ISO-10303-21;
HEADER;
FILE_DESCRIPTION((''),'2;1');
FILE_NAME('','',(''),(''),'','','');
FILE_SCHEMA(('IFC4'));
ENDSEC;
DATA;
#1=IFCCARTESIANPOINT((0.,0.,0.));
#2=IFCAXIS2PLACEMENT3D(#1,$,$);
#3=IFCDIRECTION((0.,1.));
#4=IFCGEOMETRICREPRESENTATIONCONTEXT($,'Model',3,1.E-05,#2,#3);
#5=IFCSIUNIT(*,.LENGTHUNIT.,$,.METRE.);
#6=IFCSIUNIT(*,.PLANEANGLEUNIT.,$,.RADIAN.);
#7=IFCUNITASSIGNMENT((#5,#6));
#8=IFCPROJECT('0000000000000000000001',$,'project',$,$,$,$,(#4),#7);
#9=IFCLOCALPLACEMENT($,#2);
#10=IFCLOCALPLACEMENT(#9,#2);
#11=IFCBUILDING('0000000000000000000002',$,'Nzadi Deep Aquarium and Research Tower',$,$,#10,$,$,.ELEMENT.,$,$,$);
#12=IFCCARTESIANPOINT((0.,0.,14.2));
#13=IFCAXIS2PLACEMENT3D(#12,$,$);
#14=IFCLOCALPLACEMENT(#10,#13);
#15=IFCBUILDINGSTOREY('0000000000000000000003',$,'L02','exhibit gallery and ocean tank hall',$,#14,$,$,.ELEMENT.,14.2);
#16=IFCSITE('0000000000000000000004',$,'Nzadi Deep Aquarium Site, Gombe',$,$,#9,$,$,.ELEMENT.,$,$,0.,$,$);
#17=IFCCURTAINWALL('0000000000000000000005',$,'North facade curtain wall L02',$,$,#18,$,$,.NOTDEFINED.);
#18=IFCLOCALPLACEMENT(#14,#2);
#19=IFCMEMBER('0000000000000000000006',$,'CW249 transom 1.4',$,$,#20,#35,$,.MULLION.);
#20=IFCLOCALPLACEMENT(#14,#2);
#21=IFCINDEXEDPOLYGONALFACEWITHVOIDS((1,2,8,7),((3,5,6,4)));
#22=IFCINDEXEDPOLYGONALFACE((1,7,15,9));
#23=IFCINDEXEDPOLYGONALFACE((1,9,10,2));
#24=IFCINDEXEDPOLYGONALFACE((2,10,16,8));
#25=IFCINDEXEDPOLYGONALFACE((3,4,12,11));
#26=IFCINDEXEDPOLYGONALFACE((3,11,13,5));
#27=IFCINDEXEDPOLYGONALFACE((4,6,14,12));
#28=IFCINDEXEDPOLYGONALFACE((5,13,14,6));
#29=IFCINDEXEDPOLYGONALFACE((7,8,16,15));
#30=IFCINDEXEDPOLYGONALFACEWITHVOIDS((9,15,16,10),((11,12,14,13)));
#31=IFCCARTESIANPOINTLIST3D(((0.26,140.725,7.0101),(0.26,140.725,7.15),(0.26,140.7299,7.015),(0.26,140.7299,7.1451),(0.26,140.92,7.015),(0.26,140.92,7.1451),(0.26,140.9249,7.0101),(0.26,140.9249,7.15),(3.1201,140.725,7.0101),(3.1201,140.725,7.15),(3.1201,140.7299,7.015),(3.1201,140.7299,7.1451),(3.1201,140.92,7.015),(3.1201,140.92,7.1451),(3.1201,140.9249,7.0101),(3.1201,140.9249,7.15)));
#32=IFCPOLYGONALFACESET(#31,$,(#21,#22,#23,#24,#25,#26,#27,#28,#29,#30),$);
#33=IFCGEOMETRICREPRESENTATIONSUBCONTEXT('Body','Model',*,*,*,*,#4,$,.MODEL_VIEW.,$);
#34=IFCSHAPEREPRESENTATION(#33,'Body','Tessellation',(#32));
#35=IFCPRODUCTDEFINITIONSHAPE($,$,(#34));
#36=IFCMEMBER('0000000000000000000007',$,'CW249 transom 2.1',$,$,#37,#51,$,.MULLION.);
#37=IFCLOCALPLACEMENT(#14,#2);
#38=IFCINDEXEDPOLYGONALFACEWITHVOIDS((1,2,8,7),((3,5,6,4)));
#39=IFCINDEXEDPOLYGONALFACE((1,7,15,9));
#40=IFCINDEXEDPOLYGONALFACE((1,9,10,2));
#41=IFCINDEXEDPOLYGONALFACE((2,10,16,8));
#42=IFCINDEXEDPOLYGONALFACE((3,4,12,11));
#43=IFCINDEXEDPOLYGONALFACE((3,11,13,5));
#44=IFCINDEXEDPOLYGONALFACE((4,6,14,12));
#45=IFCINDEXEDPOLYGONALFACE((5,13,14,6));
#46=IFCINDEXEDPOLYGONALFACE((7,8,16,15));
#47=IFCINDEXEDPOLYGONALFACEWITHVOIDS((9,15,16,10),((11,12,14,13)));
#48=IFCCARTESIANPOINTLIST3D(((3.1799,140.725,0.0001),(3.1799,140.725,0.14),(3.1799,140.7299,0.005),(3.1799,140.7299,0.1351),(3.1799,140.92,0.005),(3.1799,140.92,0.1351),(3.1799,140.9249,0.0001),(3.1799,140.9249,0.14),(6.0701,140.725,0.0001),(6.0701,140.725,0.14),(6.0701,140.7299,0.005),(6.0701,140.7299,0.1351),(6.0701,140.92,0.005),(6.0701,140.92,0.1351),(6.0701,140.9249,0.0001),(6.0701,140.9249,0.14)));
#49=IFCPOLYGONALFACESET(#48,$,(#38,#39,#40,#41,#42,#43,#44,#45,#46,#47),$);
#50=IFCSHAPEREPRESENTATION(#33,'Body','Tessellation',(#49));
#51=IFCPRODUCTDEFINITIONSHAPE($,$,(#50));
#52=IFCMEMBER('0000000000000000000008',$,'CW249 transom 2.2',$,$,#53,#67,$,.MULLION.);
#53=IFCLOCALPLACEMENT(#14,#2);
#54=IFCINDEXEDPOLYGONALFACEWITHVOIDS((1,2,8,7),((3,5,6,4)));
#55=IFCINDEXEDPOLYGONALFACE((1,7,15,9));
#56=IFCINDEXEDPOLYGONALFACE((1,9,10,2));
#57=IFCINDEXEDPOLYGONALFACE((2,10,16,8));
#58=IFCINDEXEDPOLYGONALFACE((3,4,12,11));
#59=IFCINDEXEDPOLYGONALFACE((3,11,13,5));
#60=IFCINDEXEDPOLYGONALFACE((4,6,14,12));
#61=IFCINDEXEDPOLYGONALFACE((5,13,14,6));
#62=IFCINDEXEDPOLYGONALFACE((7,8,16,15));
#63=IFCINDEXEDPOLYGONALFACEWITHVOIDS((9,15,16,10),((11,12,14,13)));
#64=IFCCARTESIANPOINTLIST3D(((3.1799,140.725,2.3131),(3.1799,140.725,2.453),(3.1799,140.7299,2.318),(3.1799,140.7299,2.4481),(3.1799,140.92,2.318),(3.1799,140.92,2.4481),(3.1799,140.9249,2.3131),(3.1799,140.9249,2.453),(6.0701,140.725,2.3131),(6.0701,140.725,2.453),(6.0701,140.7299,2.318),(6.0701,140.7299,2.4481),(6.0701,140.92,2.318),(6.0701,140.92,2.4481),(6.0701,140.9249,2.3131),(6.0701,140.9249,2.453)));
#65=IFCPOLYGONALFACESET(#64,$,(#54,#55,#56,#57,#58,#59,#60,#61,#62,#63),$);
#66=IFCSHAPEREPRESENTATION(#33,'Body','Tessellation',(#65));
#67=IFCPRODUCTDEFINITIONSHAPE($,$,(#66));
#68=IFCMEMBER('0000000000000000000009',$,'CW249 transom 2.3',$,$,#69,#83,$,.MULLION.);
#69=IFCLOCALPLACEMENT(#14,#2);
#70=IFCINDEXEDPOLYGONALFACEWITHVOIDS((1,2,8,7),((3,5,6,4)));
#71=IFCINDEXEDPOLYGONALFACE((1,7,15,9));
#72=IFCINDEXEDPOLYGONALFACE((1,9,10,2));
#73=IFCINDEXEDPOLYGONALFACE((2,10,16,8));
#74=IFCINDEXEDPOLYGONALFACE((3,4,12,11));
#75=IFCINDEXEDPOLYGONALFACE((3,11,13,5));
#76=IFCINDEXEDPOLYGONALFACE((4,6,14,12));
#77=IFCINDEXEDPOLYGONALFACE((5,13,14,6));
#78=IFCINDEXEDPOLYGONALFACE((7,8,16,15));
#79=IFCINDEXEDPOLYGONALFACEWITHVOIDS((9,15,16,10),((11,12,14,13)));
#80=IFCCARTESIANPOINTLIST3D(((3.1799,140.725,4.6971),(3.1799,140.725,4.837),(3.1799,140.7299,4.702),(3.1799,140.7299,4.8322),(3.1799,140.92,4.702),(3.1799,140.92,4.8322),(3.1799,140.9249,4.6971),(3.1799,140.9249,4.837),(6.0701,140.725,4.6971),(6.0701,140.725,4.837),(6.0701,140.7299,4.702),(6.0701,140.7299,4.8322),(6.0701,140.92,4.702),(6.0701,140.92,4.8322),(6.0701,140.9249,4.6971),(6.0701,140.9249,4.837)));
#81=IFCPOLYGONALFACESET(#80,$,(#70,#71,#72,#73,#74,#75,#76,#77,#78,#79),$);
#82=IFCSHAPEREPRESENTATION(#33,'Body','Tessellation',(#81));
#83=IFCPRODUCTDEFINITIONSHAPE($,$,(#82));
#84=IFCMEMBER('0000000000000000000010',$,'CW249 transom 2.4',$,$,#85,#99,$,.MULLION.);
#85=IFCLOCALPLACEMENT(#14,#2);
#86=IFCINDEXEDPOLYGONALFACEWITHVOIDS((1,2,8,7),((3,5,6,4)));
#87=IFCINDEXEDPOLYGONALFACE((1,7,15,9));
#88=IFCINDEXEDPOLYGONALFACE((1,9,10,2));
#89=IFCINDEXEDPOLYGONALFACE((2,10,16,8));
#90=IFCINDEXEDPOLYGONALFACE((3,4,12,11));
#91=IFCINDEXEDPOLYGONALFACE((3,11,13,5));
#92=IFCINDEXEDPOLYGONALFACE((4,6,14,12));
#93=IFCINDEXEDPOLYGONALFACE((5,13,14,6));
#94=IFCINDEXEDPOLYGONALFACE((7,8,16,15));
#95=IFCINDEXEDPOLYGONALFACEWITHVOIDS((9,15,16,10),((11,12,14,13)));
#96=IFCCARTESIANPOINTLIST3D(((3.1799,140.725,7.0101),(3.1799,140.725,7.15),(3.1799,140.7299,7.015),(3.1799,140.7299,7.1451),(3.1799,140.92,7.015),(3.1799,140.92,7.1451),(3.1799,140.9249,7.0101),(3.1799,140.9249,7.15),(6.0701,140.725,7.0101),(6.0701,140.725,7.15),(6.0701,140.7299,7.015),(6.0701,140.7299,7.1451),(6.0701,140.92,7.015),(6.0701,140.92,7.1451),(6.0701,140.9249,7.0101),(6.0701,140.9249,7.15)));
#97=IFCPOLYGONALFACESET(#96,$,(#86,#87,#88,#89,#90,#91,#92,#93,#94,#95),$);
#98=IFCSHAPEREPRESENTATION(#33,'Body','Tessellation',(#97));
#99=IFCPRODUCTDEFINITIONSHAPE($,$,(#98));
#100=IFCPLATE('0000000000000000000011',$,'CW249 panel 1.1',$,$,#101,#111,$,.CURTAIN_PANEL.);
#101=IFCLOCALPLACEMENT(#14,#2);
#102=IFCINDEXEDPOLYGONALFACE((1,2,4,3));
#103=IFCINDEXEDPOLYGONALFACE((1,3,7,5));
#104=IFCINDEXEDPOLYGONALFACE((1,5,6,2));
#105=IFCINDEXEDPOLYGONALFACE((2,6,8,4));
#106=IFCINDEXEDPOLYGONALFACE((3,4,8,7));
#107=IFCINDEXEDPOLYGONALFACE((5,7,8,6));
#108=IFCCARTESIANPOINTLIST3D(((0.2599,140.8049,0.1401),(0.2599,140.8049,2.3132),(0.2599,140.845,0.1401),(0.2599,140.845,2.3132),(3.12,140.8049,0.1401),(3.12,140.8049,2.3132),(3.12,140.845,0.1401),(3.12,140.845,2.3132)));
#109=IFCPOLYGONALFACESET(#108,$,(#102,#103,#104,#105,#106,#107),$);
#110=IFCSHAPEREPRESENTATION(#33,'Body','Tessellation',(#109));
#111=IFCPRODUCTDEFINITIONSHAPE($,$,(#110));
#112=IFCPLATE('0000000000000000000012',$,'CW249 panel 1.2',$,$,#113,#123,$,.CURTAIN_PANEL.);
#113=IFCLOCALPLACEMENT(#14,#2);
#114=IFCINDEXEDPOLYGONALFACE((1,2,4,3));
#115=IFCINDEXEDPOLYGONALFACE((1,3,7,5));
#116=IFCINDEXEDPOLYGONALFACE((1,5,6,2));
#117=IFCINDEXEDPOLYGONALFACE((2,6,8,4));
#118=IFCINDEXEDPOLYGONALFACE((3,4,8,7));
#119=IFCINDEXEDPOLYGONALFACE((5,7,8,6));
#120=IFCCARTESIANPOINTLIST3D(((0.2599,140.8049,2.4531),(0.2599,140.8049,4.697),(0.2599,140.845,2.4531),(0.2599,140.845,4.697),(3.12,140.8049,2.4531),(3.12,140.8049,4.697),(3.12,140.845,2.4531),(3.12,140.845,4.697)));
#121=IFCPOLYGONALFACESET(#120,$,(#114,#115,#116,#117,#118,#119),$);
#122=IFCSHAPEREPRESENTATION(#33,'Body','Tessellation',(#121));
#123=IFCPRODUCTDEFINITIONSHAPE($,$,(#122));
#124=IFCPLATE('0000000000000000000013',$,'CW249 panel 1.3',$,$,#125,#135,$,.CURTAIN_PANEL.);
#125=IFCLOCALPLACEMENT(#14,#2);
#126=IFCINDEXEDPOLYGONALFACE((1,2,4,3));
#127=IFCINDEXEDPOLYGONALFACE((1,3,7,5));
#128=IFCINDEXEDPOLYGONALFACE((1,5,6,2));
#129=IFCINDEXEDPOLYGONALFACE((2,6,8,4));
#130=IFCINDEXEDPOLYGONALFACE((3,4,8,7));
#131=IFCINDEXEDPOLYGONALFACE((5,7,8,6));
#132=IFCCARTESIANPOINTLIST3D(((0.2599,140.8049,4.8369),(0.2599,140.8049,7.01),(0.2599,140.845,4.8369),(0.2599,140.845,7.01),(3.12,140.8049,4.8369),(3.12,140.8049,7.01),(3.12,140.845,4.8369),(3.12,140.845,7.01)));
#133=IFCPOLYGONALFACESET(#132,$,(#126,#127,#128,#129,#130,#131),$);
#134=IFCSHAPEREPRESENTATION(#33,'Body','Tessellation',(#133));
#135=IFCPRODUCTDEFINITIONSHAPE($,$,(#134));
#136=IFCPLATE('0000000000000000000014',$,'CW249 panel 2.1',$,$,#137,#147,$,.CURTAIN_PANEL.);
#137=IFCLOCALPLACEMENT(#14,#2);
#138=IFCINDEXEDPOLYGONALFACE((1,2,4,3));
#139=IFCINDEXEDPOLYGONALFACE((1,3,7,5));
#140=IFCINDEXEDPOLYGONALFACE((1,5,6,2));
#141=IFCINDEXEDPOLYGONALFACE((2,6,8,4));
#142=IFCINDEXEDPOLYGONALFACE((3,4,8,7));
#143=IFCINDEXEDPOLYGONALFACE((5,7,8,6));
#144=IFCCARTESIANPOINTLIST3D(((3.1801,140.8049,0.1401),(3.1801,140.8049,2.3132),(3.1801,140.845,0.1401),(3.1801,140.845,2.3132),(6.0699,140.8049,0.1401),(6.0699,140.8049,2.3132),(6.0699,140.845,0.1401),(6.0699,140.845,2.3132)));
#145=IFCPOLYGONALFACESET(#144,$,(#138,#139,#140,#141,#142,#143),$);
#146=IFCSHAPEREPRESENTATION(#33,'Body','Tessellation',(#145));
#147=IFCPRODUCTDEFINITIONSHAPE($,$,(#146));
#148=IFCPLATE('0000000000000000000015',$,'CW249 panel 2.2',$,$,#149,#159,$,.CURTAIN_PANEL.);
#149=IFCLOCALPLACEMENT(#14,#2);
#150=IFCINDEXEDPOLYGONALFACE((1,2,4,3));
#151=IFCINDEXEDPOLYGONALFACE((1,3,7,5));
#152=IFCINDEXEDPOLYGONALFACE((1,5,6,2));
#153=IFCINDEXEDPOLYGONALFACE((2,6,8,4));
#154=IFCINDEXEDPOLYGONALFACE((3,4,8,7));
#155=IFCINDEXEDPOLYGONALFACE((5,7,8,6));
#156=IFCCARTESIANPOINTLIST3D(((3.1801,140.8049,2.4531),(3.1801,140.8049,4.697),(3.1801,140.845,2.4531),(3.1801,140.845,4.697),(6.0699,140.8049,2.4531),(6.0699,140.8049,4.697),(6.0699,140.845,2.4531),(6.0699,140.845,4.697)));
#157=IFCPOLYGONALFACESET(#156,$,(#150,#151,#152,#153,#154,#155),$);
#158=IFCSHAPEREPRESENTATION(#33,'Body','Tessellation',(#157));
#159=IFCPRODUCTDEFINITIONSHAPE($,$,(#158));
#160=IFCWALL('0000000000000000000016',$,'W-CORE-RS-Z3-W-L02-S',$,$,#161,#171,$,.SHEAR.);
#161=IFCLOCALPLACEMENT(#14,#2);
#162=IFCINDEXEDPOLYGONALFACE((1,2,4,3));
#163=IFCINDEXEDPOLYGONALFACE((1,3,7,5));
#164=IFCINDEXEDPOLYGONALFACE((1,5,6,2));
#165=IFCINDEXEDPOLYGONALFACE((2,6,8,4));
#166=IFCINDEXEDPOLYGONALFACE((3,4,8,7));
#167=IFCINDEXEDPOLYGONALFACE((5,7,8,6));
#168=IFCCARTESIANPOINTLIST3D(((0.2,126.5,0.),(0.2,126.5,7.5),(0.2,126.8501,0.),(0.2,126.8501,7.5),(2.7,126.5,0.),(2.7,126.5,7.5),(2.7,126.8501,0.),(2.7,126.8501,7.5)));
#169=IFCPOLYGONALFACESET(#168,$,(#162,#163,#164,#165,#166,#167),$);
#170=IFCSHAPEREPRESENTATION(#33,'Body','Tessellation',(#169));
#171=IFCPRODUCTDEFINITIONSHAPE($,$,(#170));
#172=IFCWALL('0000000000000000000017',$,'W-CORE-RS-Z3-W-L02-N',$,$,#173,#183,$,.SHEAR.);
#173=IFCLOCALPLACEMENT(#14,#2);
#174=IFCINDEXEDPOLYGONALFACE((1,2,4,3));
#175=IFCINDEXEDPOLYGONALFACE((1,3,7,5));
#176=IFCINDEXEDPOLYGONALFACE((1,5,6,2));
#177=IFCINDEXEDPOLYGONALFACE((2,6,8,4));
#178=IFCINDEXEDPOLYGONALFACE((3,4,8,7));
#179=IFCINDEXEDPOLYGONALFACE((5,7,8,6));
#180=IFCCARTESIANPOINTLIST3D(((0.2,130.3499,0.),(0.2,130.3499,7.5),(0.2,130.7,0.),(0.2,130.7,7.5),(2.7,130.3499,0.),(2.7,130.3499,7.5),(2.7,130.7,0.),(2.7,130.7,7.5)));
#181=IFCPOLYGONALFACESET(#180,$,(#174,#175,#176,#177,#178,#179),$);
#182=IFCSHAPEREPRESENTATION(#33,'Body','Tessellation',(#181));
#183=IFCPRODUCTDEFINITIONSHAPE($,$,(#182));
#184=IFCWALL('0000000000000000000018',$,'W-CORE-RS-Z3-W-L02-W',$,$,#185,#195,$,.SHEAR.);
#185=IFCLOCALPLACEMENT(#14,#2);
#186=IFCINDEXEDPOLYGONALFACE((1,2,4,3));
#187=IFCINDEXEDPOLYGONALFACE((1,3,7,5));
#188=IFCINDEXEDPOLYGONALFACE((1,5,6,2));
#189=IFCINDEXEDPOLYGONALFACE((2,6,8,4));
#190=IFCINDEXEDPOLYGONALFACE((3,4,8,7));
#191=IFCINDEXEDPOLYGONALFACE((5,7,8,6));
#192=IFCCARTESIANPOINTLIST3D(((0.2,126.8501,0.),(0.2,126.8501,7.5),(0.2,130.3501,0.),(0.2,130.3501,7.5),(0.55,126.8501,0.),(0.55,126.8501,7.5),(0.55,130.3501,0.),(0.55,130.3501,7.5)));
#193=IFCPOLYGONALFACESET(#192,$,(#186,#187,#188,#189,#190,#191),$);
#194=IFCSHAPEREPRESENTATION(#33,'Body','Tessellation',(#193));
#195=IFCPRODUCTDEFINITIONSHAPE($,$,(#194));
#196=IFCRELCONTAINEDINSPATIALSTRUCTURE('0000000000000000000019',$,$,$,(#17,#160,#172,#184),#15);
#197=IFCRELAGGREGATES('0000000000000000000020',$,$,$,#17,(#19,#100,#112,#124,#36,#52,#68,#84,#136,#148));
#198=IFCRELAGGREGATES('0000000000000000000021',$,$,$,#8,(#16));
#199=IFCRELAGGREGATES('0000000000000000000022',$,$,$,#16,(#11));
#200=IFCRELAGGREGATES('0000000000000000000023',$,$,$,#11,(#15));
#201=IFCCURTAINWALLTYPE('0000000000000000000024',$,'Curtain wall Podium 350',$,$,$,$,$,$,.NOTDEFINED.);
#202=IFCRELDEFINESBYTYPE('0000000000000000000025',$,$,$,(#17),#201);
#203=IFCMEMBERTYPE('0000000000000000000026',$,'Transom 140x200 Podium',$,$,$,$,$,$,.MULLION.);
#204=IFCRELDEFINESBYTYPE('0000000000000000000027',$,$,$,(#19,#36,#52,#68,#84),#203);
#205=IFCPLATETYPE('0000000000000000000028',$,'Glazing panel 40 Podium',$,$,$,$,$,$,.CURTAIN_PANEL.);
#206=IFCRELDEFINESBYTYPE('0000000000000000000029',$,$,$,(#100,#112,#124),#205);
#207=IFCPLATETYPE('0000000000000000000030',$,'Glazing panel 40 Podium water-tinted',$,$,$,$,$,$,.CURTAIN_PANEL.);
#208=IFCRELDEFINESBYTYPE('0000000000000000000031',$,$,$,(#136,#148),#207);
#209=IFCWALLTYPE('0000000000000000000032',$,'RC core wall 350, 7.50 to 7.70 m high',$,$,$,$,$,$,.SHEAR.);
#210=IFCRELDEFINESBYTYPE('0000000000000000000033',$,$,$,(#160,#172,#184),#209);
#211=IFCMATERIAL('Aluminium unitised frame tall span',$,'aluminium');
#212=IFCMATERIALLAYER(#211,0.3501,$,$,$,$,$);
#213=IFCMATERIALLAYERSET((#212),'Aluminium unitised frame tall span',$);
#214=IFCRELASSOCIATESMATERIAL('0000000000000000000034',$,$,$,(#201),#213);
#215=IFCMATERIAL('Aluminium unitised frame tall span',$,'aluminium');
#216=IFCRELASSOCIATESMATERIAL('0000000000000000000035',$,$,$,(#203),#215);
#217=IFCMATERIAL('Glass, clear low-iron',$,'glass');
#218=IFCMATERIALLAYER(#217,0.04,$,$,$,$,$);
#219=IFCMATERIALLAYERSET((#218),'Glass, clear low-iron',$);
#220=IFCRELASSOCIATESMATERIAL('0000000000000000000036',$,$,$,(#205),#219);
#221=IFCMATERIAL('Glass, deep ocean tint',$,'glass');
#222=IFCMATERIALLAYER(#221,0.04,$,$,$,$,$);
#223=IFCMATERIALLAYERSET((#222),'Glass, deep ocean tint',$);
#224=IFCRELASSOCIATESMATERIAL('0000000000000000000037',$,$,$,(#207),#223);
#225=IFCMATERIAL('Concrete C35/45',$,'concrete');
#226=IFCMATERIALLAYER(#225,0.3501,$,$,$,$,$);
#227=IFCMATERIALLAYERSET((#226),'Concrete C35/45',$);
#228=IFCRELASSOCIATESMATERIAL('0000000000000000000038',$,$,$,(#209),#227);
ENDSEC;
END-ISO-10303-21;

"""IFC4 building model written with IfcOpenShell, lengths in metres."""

from ifc_helpers import new_model, si_unit, direction, frame, frame_2d, origin, origin_2d, place, context, subcontext, project, spatial, rectangle, hollow_rectangle, extrude, material, layer, layer_set, material_profile, profile_set, type_object, element, aggregate, save


model = new_model("IFC4")

# Units and contexts
model_context = context("Model", 3, precision=1e-05, world=origin(), true_north=direction((0.0, 1.0)))
body_context = subcontext(model_context, "Body", "Model", "MODEL_VIEW")
ifc_project = project(units=[si_unit("LENGTHUNIT", "METRE"), si_unit("PLANEANGLEUNIT", "RADIAN")], contexts=[model_context])

# Site, building, storey
site_placement = place(None, origin())
site = spatial("IfcSite", under=ifc_project, at=site_placement, Name="Nzadi Deep Aquarium Site, Gombe", CompositionType="ELEMENT", RefElevation=0.0)
building_placement = place(site_placement, origin())
building = spatial("IfcBuilding", under=site, at=building_placement, Name="Nzadi Deep Aquarium and Research Tower", CompositionType="ELEMENT")
storey_placement = place(building_placement, frame((0.0, 0.0, 14.2)))
storey = spatial("IfcBuildingStorey", under=building, at=storey_placement, Name="L02", Description="exhibit gallery and ocean tank hall", CompositionType="ELEMENT", Elevation=14.2)

# Curtain wall
ifc_material_1 = material(Name="Aluminium unitised frame tall span", Category="aluminium")
ifc_layer_1 = layer(ifc_material_1, 0.3501)
ifc_layer_set_1 = layer_set([ifc_layer_1], Name="Aluminium unitised frame tall span")
curtain_wall_type = type_object("IfcCurtainWallType", Name="Curtain wall Podium 350", PredefinedType="NOTDEFINED", material=ifc_layer_set_1)
curtain_wall_placement = place(storey_placement, origin())
curtain_wall = element("IfcCurtainWall", 1, at=curtain_wall_placement, inside=storey, type_object=curtain_wall_type, Name="North facade curtain wall L02", PredefinedType="NOTDEFINED")

# Members
ifc_material_2 = material(Name="Aluminium unitised frame tall span", Category="aluminium")
ifc_material_profile_1 = material_profile(ifc_material_2, hollow_rectangle(XDim=0.2, YDim=0.1399, WallThickness=0.0049, at=origin_2d()))
ifc_profile_set_1 = profile_set([ifc_material_profile_1], Name="Aluminium unitised frame tall span")
member_type_1 = type_object("IfcMemberType", Name="Transom 140x200 Podium", PredefinedType="MULLION", material=ifc_profile_set_1)
member_1_placement = place(storey_placement, frame((0.26, 140.825, 7.0801), z_axis=(1.0, 0.0, 0.0), x_axis=(0.0, 1.0, 0.0)))
member_1 = element("IfcMember", 2, at=member_1_placement, type_object=member_type_1, Name="CW249 transom 1.4", PredefinedType="MULLION", context=body_context, shape_type="SweptSolid", body=[
    extrude(hollow_rectangle(XDim=0.2, YDim=0.1399, WallThickness=0.0049, at=origin_2d()), origin(), (0.0, 0.0, 1.0), 2.8601),
])
member_2_placement = place(storey_placement, frame((3.1799, 140.825, 0.0701), z_axis=(1.0, 0.0, 0.0), x_axis=(0.0, 1.0, 0.0)))
member_2 = element("IfcMember", 3, at=member_2_placement, type_object=member_type_1, Name="CW249 transom 2.1", PredefinedType="MULLION", context=body_context, shape_type="SweptSolid", body=[
    extrude(hollow_rectangle(XDim=0.2, YDim=0.1399, WallThickness=0.0049, at=origin_2d()), origin(), (0.0, 0.0, 1.0), 2.8901),
])
member_3_placement = place(storey_placement, frame((3.1799, 140.825, 2.3831), z_axis=(1.0, 0.0, 0.0), x_axis=(0.0, 1.0, 0.0)))
member_3 = element("IfcMember", 4, at=member_3_placement, type_object=member_type_1, Name="CW249 transom 2.2", PredefinedType="MULLION", context=body_context, shape_type="SweptSolid", body=[
    extrude(hollow_rectangle(XDim=0.2, YDim=0.1399, WallThickness=0.0049, at=origin_2d()), origin(), (0.0, 0.0, 1.0), 2.8901),
])
member_4_placement = place(storey_placement, frame((3.1799, 140.825, 4.7671), z_axis=(1.0, 0.0, 0.0), x_axis=(0.0, 1.0, 0.0)))
member_4 = element("IfcMember", 5, at=member_4_placement, type_object=member_type_1, Name="CW249 transom 2.3", PredefinedType="MULLION", context=body_context, shape_type="SweptSolid", body=[
    extrude(hollow_rectangle(XDim=0.2, YDim=0.1399, WallThickness=0.0049, at=origin_2d()), origin(), (0.0, 0.0, 1.0), 2.8901),
])
member_5_placement = place(storey_placement, frame((3.1799, 140.825, 7.0801), z_axis=(1.0, 0.0, 0.0), x_axis=(0.0, 1.0, 0.0)))
member_5 = element("IfcMember", 6, at=member_5_placement, type_object=member_type_1, Name="CW249 transom 2.4", PredefinedType="MULLION", context=body_context, shape_type="SweptSolid", body=[
    extrude(hollow_rectangle(XDim=0.2, YDim=0.1399, WallThickness=0.0049, at=origin_2d()), origin(), (0.0, 0.0, 1.0), 2.8901),
])

# Plates
ifc_material_3 = material(Name="Glass, clear low-iron", Category="glass")
ifc_layer_2 = layer(ifc_material_3, 0.04)
ifc_layer_set_2 = layer_set([ifc_layer_2], Name="Glass, clear low-iron")
plate_type_1 = type_object("IfcPlateType", Name="Glazing panel 40 Podium", PredefinedType="CURTAIN_PANEL", material=ifc_layer_set_2)
plate_1_placement = place(storey_placement, frame((1.6899, 140.825, 0.1401), z_axis=(0.0, 0.0, 1.0), x_axis=(1.0, 0.0, 0.0)))
plate_1 = element("IfcPlate", 7, at=plate_1_placement, type_object=plate_type_1, Name="CW249 panel 1.1", PredefinedType="CURTAIN_PANEL", context=body_context, shape_type="SweptSolid", body=[
    extrude(rectangle(XDim=2.8601, YDim=0.04, at=origin_2d()), origin(), (0.0, 0.0, 1.0), 2.1731),
])
plate_2_placement = place(storey_placement, frame((1.6899, 140.825, 2.4531), z_axis=(0.0, 0.0, 1.0), x_axis=(1.0, 0.0, 0.0)))
plate_2 = element("IfcPlate", 8, at=plate_2_placement, type_object=plate_type_1, Name="CW249 panel 1.2", PredefinedType="CURTAIN_PANEL", context=body_context, shape_type="SweptSolid", body=[
    extrude(rectangle(XDim=2.8601, YDim=0.04, at=origin_2d()), origin(), (0.0, 0.0, 1.0), 2.2439),
])
plate_3_placement = place(storey_placement, frame((1.6899, 140.825, 4.8369), z_axis=(0.0, 0.0, 1.0), x_axis=(1.0, 0.0, 0.0)))
plate_3 = element("IfcPlate", 9, at=plate_3_placement, type_object=plate_type_1, Name="CW249 panel 1.3", PredefinedType="CURTAIN_PANEL", context=body_context, shape_type="SweptSolid", body=[
    extrude(rectangle(XDim=2.8601, YDim=0.04, at=origin_2d()), origin(), (0.0, 0.0, 1.0), 2.1731),
])
ifc_material_4 = material(Name="Glass, deep ocean tint", Category="glass")
ifc_layer_3 = layer(ifc_material_4, 0.04)
ifc_layer_set_3 = layer_set([ifc_layer_3], Name="Glass, deep ocean tint")
plate_type_2 = type_object("IfcPlateType", Name="Glazing panel 40 Podium water-tinted", PredefinedType="CURTAIN_PANEL", material=ifc_layer_set_3)
plate_4_placement = place(storey_placement, frame((4.625, 140.825, 0.1401), z_axis=(0.0, 0.0, 1.0), x_axis=(1.0, 0.0, 0.0)))
plate_4 = element("IfcPlate", 10, at=plate_4_placement, type_object=plate_type_2, Name="CW249 panel 2.1", PredefinedType="CURTAIN_PANEL", context=body_context, shape_type="SweptSolid", body=[
    extrude(rectangle(XDim=2.8899, YDim=0.04, at=origin_2d()), origin(), (0.0, 0.0, 1.0), 2.1731),
])
plate_5_placement = place(storey_placement, frame((4.625, 140.825, 2.4531), z_axis=(0.0, 0.0, 1.0), x_axis=(1.0, 0.0, 0.0)))
plate_5 = element("IfcPlate", 11, at=plate_5_placement, type_object=plate_type_2, Name="CW249 panel 2.2", PredefinedType="CURTAIN_PANEL", context=body_context, shape_type="SweptSolid", body=[
    extrude(rectangle(XDim=2.8899, YDim=0.04, at=origin_2d()), origin(), (0.0, 0.0, 1.0), 2.2439),
])
aggregate(curtain_wall, [member_1, plate_1, plate_2, plate_3, member_2, member_3, member_4, member_5, plate_4, plate_5])

# Walls
ifc_material_5 = material(Name="Concrete C35/45", Category="concrete")
ifc_layer_4 = layer(ifc_material_5, 0.3501)
ifc_layer_set_4 = layer_set([ifc_layer_4], Name="Concrete C35/45")
wall_type = type_object("IfcWallType", Name="RC core wall 350, 7.50 to 7.70 m high", PredefinedType="SHEAR", material=ifc_layer_set_4)
for number, where, z_axis, x_axis, name in (
    (12, (0.2, 126.675, 0.0), (0.0, 0.0, 1.0), (1.0, 0.0, 0.0), "W-CORE-RS-Z3-W-L02-S"),
    (13, (0.2, 130.5249, 0.0), (0.0, 0.0, 1.0), (1.0, 0.0, 0.0), "W-CORE-RS-Z3-W-L02-N"),
):
    element("IfcWall", number, at=place(storey_placement, frame(where, z_axis=z_axis, x_axis=x_axis)), inside=storey, type_object=wall_type, Name=name, PredefinedType="SHEAR", context=body_context, shape_type="SweptSolid", body=[
        extrude(rectangle(XDim=2.5, YDim=0.3501, at=frame_2d((1.25, 0.0))), origin(), (0.0, 0.0, 1.0), 7.5),
    ])
for number, where, z_axis, x_axis, name in (
    (14, (0.375, 126.8501, 0.0), (0.0, 0.0, 1.0), (0.0, 1.0, 0.0), "W-CORE-RS-Z3-W-L02-W"),
):
    element("IfcWall", number, at=place(storey_placement, frame(where, z_axis=z_axis, x_axis=x_axis)), inside=storey, type_object=wall_type, Name=name, PredefinedType="SHEAR", context=body_context, shape_type="SweptSolid", body=[
        extrude(rectangle(XDim=3.5, YDim=0.3501, at=frame_2d((1.75, 0.0))), origin(), (0.0, 0.0, 1.0), 7.5),
    ])

save(model, "model.ifc")
